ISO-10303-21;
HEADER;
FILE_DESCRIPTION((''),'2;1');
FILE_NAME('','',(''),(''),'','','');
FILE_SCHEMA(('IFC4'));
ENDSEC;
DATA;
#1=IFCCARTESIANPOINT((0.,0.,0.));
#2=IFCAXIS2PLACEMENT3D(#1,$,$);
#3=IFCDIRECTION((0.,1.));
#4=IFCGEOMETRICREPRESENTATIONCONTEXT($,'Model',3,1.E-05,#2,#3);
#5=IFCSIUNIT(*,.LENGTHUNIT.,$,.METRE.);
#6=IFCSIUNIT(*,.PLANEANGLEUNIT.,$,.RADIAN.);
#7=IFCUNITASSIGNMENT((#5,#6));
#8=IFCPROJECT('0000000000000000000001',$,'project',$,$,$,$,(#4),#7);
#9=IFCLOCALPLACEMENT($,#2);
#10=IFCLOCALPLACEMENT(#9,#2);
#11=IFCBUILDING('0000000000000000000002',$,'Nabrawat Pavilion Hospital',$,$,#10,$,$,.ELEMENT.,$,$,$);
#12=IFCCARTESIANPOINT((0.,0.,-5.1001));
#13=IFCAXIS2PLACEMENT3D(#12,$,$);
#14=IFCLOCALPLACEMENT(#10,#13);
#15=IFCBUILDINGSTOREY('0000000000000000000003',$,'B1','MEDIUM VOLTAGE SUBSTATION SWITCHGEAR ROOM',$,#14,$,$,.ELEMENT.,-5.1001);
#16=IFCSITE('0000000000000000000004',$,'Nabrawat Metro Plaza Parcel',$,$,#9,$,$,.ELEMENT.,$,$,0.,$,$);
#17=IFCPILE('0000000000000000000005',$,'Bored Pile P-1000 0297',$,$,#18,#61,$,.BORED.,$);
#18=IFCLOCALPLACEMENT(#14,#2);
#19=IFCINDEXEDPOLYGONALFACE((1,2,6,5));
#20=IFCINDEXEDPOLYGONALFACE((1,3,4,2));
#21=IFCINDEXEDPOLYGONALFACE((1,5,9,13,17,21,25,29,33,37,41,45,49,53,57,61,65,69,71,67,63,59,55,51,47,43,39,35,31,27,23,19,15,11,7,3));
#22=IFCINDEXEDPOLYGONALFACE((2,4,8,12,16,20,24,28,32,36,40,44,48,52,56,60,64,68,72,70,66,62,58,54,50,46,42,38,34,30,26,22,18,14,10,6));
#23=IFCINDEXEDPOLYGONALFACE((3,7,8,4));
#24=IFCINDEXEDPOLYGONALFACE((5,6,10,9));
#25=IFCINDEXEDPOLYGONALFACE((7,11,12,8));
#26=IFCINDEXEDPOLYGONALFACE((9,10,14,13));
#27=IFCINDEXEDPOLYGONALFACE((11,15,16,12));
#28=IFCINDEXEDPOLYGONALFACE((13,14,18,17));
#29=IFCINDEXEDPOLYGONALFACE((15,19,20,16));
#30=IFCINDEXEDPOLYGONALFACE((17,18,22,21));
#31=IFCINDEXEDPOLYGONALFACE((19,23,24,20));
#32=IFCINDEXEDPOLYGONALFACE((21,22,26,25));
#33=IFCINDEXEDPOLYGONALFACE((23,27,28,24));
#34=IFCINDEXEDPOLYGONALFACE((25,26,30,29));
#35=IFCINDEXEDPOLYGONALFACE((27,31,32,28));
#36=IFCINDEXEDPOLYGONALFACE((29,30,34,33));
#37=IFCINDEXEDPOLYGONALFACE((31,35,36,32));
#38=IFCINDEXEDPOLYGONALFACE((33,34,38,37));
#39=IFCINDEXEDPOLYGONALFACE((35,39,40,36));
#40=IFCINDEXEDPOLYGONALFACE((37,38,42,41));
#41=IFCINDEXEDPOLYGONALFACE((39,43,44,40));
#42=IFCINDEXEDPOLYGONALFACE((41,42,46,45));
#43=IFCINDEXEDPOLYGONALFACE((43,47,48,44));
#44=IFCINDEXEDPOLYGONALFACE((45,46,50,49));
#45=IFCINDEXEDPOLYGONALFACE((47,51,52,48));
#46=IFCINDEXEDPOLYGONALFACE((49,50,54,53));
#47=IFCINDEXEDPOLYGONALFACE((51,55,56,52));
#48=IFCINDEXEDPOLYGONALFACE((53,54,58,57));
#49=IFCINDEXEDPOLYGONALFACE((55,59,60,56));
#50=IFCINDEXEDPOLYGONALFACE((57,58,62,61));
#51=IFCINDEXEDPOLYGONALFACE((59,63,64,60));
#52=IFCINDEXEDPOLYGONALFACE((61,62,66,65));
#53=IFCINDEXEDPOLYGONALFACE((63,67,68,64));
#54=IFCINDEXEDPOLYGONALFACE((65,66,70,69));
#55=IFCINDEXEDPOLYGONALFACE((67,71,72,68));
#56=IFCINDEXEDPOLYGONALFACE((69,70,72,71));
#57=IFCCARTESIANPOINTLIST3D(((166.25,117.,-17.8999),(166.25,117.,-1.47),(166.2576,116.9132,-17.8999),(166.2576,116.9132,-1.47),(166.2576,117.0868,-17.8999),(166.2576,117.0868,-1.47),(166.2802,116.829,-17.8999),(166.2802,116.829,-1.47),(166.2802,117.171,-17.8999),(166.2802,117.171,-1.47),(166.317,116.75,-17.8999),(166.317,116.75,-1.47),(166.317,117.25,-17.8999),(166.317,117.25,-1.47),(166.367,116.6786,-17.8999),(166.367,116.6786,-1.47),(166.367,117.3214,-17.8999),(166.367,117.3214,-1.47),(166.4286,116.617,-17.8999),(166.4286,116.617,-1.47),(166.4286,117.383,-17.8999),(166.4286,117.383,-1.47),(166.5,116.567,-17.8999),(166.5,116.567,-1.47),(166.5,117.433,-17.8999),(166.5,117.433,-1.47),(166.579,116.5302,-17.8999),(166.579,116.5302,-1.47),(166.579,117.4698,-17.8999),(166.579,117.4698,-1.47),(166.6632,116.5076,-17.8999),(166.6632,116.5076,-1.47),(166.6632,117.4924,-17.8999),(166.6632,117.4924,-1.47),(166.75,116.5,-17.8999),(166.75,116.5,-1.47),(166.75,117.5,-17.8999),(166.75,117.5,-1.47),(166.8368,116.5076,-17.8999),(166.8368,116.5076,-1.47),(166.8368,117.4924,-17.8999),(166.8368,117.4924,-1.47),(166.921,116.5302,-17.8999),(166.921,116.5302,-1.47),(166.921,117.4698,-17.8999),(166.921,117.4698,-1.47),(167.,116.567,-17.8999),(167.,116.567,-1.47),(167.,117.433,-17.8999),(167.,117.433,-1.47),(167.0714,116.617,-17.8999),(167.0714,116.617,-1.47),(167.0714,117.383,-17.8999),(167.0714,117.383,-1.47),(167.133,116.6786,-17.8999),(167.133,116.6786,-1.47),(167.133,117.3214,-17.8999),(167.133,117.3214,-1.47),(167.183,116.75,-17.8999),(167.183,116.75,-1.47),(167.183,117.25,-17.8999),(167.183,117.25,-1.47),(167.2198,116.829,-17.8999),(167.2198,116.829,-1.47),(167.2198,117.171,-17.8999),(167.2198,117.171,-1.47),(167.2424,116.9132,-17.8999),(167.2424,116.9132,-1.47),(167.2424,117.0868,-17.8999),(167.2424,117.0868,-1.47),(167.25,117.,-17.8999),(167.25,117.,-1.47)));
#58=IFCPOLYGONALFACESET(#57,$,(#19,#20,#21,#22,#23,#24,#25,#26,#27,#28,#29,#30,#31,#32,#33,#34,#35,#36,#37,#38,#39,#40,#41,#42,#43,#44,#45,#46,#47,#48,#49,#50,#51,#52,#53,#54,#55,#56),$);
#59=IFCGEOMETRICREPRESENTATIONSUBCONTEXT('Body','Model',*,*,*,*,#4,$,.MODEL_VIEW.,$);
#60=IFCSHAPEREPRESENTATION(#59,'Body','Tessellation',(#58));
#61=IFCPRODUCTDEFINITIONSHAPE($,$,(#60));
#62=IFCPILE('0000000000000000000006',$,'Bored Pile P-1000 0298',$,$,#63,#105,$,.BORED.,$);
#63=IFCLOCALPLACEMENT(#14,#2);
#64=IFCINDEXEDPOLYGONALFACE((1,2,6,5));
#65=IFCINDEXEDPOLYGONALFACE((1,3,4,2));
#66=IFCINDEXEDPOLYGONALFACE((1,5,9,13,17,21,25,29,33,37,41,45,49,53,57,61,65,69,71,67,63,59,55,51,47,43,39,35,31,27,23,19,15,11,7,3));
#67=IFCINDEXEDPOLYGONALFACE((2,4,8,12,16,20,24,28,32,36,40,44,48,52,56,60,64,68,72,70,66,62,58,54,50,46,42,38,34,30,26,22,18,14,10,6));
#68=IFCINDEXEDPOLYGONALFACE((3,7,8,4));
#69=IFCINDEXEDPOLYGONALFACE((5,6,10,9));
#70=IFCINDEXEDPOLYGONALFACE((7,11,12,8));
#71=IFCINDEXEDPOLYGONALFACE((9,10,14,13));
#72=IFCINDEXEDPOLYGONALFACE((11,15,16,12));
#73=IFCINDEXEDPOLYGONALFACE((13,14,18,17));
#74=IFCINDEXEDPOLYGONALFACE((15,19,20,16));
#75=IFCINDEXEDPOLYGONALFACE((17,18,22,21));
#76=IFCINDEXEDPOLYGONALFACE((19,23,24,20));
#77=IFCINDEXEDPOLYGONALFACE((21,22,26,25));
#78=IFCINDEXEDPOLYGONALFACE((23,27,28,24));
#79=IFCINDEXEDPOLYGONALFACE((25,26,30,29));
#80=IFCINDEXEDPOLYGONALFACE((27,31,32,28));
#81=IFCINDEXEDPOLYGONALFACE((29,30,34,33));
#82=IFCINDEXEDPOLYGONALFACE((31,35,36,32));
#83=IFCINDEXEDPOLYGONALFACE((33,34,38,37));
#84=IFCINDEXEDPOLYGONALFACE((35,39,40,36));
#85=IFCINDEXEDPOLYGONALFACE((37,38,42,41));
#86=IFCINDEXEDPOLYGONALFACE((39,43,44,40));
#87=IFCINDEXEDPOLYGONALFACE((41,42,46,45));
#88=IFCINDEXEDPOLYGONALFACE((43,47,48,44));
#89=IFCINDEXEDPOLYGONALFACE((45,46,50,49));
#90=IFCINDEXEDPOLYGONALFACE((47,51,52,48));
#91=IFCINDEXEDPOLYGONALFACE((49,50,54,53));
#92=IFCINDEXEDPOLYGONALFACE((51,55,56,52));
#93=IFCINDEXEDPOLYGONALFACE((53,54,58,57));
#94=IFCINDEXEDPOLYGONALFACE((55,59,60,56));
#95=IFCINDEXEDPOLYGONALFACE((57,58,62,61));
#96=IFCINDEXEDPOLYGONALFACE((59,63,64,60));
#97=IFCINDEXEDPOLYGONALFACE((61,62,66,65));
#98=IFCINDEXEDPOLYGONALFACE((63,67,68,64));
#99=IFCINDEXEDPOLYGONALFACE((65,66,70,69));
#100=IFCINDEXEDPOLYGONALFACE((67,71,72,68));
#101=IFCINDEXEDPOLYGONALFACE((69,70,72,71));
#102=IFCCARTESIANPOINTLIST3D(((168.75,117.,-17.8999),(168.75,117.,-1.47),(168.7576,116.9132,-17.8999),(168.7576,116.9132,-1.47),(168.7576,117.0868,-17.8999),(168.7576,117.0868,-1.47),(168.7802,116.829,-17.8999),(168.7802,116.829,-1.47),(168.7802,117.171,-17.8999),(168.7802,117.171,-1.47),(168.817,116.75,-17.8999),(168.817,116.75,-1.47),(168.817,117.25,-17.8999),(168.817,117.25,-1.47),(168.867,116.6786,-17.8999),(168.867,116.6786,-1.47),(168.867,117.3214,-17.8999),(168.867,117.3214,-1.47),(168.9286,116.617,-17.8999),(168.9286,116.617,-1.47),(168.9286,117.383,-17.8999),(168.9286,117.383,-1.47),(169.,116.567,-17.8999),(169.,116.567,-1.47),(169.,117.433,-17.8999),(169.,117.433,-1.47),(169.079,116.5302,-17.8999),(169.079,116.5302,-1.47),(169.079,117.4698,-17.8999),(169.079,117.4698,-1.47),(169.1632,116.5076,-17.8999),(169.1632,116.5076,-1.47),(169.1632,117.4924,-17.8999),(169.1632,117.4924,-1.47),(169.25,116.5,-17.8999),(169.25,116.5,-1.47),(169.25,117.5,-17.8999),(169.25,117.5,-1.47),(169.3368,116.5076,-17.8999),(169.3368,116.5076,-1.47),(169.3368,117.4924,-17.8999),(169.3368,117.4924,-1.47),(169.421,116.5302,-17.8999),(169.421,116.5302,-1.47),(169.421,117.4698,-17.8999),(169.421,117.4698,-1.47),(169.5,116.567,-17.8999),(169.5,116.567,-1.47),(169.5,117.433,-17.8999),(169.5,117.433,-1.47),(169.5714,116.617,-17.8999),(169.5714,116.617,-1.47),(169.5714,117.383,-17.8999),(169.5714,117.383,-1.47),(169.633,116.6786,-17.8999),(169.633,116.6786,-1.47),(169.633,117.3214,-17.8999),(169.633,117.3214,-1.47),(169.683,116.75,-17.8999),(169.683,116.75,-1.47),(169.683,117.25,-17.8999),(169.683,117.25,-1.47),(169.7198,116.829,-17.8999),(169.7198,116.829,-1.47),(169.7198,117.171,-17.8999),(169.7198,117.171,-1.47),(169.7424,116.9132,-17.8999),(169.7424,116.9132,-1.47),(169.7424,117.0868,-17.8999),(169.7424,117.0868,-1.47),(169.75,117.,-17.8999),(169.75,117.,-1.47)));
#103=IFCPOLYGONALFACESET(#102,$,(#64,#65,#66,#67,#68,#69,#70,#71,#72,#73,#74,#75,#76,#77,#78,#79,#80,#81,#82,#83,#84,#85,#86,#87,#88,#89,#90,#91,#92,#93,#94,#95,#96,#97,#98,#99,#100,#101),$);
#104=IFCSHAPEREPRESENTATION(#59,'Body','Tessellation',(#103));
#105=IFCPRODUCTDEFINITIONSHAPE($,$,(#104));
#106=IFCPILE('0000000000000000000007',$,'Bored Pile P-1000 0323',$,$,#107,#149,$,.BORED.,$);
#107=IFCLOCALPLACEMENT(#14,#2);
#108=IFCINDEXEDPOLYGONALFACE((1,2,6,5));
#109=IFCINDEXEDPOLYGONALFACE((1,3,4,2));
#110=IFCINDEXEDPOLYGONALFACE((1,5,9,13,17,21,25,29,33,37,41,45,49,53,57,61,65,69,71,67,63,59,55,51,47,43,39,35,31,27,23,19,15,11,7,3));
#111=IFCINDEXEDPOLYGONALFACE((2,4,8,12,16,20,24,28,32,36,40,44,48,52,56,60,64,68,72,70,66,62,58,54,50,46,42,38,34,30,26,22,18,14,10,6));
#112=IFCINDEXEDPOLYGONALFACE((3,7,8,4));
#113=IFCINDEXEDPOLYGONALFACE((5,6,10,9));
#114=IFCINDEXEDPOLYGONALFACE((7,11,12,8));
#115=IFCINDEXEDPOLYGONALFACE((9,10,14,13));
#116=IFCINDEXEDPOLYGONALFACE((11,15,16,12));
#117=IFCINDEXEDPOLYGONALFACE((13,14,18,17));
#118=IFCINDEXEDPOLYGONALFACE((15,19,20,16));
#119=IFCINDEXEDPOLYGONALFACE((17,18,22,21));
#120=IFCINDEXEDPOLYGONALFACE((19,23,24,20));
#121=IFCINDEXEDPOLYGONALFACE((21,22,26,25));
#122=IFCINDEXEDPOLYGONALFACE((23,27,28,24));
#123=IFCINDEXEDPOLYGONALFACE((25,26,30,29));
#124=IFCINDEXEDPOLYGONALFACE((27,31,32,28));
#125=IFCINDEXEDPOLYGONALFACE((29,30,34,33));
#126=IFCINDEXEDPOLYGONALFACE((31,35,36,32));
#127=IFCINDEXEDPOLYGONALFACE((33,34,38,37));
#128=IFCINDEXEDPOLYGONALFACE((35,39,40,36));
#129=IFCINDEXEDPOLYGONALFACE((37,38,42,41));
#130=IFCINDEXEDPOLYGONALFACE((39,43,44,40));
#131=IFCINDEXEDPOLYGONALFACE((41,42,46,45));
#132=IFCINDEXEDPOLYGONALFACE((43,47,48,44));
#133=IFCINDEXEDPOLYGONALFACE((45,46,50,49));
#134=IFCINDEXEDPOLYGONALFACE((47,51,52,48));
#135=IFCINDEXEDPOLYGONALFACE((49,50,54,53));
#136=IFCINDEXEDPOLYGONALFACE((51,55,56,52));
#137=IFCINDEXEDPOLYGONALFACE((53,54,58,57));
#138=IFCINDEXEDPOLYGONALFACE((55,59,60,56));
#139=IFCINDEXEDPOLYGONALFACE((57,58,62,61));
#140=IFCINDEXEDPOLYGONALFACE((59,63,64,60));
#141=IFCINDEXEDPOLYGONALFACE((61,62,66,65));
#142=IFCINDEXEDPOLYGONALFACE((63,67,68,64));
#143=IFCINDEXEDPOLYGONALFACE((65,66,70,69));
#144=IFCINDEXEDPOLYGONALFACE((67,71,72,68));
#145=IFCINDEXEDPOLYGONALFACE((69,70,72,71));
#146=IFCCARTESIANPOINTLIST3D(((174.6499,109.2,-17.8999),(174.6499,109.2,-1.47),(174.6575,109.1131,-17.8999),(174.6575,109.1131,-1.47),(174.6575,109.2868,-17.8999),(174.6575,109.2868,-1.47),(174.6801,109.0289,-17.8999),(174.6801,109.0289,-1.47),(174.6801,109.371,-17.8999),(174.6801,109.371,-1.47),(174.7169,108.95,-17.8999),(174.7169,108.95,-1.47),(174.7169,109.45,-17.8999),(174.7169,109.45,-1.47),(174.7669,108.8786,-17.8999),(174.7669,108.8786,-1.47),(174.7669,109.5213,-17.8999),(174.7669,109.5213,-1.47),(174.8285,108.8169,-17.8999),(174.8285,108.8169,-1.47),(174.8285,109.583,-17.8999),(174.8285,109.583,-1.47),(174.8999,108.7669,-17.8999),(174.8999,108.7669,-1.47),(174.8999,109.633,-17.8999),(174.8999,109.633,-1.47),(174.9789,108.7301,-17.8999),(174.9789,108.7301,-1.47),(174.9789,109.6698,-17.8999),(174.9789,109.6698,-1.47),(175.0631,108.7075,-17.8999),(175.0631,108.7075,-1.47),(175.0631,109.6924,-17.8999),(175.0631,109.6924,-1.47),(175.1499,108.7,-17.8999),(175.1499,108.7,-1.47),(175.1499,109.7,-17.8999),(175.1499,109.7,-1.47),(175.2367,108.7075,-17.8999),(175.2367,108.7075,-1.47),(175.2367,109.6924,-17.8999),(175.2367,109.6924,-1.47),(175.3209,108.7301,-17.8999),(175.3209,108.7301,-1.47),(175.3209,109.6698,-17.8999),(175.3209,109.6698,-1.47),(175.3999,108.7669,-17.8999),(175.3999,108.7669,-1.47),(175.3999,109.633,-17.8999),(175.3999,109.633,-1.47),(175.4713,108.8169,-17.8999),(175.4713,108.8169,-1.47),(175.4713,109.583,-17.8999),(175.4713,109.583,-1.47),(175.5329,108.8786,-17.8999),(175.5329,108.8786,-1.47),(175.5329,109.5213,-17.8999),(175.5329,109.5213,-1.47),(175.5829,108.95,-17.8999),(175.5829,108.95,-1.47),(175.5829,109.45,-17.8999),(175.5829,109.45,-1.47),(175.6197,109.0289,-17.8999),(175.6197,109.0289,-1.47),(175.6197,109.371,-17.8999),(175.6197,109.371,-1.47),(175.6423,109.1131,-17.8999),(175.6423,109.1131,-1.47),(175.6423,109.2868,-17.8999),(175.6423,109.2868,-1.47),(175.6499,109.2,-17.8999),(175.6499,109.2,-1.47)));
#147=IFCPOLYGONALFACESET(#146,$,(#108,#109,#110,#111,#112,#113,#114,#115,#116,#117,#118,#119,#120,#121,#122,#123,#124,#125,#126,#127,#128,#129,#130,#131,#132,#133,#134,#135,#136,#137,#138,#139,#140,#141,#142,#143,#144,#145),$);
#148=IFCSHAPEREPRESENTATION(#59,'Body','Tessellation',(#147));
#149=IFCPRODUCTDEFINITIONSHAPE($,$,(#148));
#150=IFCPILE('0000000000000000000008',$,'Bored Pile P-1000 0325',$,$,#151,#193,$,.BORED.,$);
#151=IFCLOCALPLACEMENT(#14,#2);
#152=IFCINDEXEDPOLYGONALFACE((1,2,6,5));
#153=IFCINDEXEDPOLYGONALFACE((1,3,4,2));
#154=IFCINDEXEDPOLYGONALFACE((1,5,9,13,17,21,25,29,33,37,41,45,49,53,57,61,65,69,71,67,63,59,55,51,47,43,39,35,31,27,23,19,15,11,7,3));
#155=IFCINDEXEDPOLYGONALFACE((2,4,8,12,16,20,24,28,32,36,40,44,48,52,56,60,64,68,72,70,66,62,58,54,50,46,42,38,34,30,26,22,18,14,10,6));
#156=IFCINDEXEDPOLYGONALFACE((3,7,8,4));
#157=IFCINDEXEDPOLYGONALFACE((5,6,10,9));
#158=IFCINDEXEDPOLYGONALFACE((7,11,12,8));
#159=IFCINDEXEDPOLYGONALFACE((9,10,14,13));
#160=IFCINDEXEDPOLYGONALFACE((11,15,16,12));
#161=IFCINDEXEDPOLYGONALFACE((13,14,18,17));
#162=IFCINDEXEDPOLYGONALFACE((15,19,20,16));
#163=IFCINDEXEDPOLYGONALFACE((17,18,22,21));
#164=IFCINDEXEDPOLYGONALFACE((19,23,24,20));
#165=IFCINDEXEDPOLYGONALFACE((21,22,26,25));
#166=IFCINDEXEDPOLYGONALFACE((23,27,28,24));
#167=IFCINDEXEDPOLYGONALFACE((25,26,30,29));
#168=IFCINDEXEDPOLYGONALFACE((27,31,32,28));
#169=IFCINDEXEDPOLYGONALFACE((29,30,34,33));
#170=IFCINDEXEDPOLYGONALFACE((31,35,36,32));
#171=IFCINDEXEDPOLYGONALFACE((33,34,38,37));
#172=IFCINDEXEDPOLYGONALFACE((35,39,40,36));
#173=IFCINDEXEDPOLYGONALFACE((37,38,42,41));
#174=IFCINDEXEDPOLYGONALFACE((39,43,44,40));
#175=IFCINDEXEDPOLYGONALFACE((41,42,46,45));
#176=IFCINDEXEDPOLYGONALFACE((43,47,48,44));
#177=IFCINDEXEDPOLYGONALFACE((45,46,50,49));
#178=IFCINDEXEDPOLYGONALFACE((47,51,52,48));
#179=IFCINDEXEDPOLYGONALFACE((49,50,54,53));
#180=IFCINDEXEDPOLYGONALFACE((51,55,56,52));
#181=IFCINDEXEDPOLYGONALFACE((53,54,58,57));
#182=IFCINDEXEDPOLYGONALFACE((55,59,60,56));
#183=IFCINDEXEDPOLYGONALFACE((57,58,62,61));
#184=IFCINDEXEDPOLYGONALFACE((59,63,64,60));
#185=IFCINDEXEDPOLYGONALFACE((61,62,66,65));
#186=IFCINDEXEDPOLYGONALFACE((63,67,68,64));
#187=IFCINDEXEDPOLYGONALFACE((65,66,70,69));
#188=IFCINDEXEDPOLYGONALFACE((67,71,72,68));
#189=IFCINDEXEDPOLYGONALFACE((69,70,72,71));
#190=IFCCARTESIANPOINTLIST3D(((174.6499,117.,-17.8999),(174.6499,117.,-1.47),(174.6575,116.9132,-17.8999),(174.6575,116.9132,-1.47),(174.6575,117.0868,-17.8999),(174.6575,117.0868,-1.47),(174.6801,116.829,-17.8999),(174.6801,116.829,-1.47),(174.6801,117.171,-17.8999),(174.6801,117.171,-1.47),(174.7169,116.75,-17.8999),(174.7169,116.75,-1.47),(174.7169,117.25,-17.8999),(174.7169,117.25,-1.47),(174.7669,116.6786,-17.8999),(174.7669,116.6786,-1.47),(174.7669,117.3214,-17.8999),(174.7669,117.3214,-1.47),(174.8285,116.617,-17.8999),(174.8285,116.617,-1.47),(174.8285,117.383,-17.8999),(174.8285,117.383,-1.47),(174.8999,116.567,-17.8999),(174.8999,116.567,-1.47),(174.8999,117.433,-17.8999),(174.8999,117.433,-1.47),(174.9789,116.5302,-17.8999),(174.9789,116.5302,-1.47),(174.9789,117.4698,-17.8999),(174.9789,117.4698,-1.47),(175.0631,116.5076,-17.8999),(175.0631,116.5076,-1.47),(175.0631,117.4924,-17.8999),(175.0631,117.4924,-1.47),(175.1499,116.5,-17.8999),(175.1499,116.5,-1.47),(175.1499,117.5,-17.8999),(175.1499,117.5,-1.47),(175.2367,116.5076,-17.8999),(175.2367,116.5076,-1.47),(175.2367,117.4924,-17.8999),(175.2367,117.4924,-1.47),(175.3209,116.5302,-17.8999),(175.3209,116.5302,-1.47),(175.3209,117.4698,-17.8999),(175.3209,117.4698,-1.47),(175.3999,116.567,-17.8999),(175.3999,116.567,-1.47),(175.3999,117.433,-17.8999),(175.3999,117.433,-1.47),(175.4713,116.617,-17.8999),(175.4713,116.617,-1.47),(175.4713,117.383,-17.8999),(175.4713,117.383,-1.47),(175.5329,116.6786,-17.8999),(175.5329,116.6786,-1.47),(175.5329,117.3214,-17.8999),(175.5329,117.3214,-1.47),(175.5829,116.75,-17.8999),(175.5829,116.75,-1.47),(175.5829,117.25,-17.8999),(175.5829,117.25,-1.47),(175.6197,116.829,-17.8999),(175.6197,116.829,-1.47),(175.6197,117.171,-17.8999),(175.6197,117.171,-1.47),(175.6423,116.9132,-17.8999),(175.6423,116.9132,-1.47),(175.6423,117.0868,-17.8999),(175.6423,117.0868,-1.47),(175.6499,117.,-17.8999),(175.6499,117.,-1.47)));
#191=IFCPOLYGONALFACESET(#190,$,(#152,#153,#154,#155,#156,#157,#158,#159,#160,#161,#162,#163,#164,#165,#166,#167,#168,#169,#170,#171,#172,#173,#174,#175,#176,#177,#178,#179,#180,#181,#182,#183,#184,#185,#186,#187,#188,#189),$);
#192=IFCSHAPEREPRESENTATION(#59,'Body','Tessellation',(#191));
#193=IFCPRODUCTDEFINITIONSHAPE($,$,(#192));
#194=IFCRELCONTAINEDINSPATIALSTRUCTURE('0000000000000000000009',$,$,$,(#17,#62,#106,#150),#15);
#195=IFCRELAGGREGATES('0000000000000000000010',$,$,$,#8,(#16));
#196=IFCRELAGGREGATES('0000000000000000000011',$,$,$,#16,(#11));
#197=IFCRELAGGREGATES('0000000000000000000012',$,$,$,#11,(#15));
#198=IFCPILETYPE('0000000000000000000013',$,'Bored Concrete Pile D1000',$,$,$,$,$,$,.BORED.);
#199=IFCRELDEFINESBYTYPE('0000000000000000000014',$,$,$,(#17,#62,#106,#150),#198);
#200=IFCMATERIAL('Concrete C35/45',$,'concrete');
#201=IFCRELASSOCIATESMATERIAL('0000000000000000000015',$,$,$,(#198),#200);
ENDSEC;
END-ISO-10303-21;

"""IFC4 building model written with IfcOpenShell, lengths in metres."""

from ifc_helpers import new_model, si_unit, direction, frame, origin, origin_2d, place, context, subcontext, project, spatial, circle, extrude, material, material_profile, profile_set, type_object, element, save


model = new_model("IFC4")

# Units and contexts
model_context = context("Model", 3, precision=1e-05, world=origin(), true_north=direction((0.0, 1.0)))
body_context = subcontext(model_context, "Body", "Model", "MODEL_VIEW")
ifc_project = project(units=[si_unit("LENGTHUNIT", "METRE"), si_unit("PLANEANGLEUNIT", "RADIAN")], contexts=[model_context])

# Site, building, storey
site_placement = place(None, origin())
site = spatial("IfcSite", under=ifc_project, at=site_placement, Name="Nabrawat Metro Plaza Parcel", CompositionType="ELEMENT", RefElevation=0.0)
building_placement = place(site_placement, origin())
building = spatial("IfcBuilding", under=site, at=building_placement, Name="Nabrawat Pavilion Hospital", CompositionType="ELEMENT")
storey_placement = place(building_placement, frame((0.0, 0.0, -5.1001)))
storey = spatial("IfcBuildingStorey", under=building, at=storey_placement, Name="B1", Description="MEDIUM VOLTAGE SUBSTATION SWITCHGEAR ROOM", CompositionType="ELEMENT", Elevation=-5.1001)

# Piles
ifc_material_1 = material(Name="Concrete C35/45", Category="concrete")
ifc_material_profile_1 = material_profile(ifc_material_1, circle(Radius=0.5, at=origin_2d()), Name="DIA 1000")
ifc_profile_set_1 = profile_set([ifc_material_profile_1], Name="Concrete C35/45")
pile_type_1 = type_object("IfcPileType", Name="Bored Concrete Pile D1000", PredefinedType="BORED", material=ifc_profile_set_1)
for number, where, z_axis, x_axis, name in (
    (1, (166.75, 117.0, -1.47), (0.0, 0.0, -1.0), (1.0, 0.0, 0.0), "Bored Pile P-1000 0297"),
    (2, (169.25, 117.0, -1.47), (0.0, 0.0, -1.0), (1.0, 0.0, 0.0), "Bored Pile P-1000 0298"),
    (3, (175.1499, 109.2, -1.47), (0.0, 0.0, -1.0), (1.0, 0.0, 0.0), "Bored Pile P-1000 0323"),
    (4, (175.1499, 117.0, -1.47), (0.0, 0.0, -1.0), (1.0, 0.0, 0.0), "Bored Pile P-1000 0325"),
):
    element("IfcPile", number, at=place(storey_placement, frame(where, z_axis=z_axis, x_axis=x_axis)), inside=storey, type_object=pile_type_1, Name=name, PredefinedType="BORED", context=body_context, shape_type="SweptSolid", body=[
        extrude(circle(Radius=0.5, at=origin_2d()), origin(), (0.0, 0.0, 1.0), 16.4299),
    ])

save(model, "model.ifc")
